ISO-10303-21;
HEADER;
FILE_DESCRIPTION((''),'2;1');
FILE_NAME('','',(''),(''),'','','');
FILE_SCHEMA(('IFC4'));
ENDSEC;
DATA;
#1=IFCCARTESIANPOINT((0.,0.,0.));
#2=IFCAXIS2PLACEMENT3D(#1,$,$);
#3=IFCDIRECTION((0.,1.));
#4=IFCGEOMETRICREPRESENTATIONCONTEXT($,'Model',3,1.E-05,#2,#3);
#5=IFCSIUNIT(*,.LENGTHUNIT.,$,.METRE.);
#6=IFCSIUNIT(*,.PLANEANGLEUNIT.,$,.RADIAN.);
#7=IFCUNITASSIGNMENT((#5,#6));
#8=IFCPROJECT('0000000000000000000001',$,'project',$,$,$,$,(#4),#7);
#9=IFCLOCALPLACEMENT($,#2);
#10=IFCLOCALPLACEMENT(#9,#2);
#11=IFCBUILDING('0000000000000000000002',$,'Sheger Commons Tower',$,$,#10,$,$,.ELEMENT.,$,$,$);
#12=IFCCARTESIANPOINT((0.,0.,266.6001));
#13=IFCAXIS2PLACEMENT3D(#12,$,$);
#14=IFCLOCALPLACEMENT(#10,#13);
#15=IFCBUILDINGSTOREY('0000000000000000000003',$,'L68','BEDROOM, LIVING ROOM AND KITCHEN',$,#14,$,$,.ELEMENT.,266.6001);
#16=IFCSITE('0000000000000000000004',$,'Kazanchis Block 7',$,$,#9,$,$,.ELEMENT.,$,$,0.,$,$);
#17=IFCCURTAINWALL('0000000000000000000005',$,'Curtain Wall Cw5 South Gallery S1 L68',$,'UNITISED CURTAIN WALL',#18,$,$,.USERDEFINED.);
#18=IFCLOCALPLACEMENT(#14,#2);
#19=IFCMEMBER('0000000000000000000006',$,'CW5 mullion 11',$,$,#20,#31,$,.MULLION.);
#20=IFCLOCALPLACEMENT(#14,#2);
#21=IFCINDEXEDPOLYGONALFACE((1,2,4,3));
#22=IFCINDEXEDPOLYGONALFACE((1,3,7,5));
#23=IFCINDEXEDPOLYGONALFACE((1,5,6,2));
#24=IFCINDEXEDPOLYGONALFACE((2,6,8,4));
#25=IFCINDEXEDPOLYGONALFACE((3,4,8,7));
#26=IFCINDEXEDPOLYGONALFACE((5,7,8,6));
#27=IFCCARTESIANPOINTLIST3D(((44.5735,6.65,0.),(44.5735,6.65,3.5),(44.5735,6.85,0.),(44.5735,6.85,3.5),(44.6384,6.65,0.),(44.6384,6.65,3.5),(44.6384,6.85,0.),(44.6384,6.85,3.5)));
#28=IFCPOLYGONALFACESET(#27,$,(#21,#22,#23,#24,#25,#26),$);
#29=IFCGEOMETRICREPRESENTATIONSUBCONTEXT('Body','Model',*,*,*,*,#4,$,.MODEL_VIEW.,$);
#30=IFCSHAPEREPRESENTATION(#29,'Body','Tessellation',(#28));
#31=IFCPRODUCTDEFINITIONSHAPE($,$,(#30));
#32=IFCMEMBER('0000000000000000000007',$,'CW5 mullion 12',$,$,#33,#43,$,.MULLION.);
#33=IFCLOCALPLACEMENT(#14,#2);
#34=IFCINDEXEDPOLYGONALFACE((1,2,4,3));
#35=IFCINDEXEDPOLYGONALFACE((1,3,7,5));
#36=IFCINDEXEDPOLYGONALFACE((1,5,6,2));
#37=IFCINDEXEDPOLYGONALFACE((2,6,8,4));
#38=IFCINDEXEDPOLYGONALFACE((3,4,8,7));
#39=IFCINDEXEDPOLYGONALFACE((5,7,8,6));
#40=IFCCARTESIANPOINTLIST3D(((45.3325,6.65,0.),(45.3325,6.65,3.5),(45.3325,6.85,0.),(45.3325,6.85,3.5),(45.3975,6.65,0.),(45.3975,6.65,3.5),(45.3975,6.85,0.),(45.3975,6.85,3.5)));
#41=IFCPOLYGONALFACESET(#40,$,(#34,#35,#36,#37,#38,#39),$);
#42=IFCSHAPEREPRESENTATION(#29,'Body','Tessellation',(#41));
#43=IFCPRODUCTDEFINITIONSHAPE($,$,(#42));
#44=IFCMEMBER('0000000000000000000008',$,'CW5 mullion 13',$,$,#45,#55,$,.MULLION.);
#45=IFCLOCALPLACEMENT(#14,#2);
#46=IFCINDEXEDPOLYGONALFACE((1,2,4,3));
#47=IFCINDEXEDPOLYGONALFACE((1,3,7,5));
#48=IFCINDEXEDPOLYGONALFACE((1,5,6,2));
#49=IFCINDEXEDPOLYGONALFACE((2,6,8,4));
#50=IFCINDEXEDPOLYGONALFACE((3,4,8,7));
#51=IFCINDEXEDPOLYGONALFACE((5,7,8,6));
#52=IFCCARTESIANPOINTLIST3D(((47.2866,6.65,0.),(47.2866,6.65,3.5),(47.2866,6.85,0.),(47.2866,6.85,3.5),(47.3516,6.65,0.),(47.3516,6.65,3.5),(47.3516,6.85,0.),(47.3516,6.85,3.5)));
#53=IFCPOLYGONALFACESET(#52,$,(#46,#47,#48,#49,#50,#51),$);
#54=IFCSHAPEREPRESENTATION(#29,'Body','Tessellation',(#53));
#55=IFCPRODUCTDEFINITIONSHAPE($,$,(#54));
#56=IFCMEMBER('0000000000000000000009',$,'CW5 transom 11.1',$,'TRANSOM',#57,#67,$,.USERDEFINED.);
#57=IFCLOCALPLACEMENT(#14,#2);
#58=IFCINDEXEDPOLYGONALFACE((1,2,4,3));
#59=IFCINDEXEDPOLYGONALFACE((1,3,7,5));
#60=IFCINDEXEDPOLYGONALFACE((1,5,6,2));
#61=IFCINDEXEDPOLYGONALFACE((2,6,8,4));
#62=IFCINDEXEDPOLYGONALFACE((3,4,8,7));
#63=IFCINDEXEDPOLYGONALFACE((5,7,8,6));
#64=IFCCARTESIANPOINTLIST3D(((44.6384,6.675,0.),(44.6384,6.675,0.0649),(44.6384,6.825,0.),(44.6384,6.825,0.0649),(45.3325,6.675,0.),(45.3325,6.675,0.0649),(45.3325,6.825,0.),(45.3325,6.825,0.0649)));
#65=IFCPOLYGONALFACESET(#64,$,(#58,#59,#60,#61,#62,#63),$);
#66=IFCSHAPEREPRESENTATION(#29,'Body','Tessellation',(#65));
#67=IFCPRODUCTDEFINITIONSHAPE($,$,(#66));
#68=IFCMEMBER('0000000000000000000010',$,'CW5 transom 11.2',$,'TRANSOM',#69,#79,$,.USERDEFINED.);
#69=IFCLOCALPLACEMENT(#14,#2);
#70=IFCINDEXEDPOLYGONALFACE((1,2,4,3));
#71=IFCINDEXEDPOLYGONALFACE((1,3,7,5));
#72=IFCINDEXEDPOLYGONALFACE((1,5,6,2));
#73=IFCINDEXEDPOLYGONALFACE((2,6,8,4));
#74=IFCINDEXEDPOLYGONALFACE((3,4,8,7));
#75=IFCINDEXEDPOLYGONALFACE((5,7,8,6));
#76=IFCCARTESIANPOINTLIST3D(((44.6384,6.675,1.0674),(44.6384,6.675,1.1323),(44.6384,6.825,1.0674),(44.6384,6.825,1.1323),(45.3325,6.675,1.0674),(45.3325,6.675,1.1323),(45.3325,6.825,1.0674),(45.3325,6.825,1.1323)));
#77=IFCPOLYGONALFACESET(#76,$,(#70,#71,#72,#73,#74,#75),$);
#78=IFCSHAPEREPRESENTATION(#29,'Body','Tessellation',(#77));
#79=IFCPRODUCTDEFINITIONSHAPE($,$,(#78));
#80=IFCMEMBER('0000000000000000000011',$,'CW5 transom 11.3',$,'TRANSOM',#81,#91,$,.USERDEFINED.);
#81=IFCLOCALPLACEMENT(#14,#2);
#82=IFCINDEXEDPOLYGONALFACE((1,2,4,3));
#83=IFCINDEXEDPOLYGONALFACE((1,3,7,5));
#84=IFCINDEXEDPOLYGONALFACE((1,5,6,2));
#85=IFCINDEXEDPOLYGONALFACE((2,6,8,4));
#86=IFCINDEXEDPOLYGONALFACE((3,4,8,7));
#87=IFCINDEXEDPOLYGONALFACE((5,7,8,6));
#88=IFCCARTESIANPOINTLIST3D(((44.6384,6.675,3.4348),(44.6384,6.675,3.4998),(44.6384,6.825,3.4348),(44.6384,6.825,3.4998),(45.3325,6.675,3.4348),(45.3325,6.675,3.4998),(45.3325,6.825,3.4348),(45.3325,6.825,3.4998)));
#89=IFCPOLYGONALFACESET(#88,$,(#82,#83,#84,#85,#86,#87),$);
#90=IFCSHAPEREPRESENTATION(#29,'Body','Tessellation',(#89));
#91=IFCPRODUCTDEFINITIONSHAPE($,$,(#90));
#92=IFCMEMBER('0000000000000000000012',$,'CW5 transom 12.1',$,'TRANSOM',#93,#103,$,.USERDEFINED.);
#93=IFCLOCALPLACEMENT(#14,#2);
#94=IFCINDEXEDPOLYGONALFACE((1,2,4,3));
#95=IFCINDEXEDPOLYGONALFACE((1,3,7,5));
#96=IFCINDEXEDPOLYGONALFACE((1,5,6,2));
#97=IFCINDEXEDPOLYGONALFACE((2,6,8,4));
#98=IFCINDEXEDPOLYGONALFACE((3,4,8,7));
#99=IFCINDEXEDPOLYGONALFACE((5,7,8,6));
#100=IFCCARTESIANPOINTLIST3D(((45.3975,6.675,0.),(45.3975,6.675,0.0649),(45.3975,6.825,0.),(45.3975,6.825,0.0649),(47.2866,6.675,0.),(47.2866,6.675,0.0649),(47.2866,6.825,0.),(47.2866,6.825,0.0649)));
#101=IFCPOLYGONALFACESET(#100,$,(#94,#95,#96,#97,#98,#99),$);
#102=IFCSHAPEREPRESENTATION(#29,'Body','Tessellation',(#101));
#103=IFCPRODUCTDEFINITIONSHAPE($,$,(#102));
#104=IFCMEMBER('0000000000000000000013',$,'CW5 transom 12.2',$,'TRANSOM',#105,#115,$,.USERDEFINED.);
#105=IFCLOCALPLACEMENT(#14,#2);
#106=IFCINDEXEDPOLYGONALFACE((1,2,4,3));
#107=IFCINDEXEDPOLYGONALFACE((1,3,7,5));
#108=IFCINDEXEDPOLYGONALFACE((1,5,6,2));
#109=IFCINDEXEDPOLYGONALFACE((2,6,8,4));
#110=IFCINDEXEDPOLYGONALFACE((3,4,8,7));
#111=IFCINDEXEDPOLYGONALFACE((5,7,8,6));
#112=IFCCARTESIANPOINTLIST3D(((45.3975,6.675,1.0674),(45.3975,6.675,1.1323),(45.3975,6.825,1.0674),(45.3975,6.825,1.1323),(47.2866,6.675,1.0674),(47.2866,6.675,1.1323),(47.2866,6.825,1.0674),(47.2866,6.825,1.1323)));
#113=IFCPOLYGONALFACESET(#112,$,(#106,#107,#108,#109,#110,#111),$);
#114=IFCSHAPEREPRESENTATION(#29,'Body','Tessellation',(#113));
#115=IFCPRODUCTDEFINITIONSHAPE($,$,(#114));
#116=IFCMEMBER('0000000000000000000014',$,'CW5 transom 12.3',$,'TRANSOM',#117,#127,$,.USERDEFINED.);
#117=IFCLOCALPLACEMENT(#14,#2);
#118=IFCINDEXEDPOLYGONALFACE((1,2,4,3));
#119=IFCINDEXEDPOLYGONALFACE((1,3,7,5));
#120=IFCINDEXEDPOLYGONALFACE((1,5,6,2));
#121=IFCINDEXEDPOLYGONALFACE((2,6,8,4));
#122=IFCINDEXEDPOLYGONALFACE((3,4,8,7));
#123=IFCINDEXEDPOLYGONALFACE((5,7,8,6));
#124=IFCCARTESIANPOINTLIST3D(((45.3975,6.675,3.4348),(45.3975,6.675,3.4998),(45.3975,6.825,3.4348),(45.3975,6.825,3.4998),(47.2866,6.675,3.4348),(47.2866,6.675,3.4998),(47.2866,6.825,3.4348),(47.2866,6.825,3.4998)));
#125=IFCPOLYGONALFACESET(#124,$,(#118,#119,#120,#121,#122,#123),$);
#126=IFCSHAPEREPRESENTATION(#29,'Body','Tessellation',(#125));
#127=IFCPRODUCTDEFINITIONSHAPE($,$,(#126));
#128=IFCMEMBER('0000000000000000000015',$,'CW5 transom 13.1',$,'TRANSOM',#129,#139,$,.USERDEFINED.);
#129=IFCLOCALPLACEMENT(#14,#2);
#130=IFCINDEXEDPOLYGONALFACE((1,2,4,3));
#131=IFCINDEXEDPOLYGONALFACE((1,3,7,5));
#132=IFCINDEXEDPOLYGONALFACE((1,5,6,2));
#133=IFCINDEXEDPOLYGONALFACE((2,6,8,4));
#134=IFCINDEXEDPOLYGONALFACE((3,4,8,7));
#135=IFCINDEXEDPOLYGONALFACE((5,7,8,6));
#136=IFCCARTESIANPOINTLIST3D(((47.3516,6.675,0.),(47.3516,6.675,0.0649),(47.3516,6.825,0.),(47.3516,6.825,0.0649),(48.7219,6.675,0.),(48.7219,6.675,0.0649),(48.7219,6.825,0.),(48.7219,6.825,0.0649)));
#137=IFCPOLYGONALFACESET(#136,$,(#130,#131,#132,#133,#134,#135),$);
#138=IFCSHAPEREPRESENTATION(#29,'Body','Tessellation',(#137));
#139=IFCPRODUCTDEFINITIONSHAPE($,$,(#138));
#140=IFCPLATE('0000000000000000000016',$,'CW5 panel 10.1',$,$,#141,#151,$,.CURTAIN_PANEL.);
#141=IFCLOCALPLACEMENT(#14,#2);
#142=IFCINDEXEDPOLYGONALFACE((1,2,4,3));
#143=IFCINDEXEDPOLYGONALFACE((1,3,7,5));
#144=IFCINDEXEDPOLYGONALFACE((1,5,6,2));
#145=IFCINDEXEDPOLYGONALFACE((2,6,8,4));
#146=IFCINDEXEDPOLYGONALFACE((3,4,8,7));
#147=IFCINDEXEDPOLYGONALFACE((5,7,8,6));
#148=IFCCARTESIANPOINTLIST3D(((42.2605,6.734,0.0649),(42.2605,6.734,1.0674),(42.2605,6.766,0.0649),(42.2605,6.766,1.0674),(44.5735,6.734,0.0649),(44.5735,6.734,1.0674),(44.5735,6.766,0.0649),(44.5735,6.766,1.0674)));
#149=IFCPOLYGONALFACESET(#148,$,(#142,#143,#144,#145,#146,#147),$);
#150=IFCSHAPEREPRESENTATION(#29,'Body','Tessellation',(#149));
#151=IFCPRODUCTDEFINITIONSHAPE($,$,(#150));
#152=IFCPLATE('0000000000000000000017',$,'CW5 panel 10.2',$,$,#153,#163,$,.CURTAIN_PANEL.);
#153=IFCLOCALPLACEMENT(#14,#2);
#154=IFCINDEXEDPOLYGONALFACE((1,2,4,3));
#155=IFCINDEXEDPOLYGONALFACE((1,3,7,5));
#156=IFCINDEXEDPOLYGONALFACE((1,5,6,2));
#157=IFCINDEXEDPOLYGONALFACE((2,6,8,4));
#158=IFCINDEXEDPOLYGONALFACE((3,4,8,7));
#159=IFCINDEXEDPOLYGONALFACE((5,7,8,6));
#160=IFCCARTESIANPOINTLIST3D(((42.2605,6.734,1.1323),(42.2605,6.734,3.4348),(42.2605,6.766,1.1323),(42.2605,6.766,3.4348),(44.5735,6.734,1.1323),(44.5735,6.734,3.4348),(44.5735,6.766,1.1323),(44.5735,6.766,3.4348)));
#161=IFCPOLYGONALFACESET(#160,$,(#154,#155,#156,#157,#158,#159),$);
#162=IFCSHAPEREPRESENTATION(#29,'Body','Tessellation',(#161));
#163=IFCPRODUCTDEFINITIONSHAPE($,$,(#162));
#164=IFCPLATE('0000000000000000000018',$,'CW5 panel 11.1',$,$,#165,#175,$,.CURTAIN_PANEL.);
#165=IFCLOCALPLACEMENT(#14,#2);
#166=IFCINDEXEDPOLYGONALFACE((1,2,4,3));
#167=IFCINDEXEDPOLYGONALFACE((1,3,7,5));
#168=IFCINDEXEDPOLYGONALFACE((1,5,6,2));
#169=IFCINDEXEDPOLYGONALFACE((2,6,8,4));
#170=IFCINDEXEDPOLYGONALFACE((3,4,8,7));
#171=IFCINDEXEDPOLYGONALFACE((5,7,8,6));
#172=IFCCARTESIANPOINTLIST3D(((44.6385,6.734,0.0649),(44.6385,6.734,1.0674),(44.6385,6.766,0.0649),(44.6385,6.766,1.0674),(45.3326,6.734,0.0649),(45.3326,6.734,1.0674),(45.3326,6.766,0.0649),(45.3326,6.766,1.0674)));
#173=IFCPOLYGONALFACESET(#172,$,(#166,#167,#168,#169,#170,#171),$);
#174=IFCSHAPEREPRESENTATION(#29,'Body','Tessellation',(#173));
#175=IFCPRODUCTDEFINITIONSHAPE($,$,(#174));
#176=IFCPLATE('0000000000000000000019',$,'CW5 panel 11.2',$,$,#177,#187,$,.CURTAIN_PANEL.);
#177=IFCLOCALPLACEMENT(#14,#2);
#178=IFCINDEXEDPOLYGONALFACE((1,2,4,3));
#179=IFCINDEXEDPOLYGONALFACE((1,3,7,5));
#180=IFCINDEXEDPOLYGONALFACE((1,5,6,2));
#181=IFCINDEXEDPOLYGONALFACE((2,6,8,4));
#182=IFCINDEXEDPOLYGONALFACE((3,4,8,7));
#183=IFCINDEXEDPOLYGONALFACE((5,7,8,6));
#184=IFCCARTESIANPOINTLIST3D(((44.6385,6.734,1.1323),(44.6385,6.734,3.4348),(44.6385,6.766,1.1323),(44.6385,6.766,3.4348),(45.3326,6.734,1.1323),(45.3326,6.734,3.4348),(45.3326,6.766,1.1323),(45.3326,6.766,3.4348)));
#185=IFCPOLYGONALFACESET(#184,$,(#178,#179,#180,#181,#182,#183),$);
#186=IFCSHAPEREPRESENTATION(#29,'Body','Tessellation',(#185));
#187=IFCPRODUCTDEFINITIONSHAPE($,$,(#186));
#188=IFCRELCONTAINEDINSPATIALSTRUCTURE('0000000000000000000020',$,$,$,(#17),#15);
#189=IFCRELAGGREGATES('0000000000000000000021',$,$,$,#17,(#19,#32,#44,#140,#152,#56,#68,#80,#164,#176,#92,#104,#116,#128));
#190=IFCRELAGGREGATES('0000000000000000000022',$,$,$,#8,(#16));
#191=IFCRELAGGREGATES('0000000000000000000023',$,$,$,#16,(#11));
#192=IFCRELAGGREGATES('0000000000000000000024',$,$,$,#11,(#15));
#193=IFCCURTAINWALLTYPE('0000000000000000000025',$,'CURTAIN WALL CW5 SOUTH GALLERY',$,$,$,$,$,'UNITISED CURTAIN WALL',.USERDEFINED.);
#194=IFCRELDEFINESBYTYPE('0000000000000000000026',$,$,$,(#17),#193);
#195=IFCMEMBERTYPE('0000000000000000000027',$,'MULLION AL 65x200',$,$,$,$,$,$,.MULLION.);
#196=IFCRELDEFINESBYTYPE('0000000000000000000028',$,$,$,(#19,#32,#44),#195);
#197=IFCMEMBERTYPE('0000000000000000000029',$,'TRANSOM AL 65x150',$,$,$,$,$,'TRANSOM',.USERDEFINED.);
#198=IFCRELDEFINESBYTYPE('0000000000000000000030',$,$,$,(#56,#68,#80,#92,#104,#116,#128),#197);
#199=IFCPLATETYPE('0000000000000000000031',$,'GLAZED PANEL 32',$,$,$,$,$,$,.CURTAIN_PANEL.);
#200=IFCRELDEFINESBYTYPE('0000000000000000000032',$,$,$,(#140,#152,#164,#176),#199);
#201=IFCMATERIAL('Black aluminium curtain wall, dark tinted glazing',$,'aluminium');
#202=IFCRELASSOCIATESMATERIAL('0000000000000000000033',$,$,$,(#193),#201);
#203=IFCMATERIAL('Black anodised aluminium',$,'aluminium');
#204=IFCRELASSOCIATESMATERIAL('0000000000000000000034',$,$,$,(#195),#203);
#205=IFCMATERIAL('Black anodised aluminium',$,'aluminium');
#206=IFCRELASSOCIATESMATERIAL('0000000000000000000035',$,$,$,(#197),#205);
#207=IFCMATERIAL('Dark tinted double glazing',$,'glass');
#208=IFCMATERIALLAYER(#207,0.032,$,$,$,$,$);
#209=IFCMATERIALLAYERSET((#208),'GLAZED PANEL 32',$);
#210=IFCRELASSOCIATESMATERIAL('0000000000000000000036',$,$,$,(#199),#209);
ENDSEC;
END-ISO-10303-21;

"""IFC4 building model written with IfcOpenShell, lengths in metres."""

from ifc_helpers import new_model, si_unit, direction, frame, origin, origin_2d, place, context, subcontext, project, spatial, rectangle, extrude, material, layer, layer_set, material_profile, profile_set, type_object, element, aggregate, save


model = new_model("IFC4")

# Units and contexts
model_context = context("Model", 3, precision=1e-05, world=origin(), true_north=direction((0.0, 1.0)))
body_context = subcontext(model_context, "Body", "Model", "MODEL_VIEW")
ifc_project = project(units=[si_unit("LENGTHUNIT", "METRE"), si_unit("PLANEANGLEUNIT", "RADIAN")], contexts=[model_context])

# Site, building, storey
site_placement = place(None, origin())
site = spatial("IfcSite", under=ifc_project, at=site_placement, Name="Kazanchis Block 7", CompositionType="ELEMENT", RefElevation=0.0)
building_placement = place(site_placement, origin())
building = spatial("IfcBuilding", under=site, at=building_placement, Name="Sheger Commons Tower", CompositionType="ELEMENT")
storey_placement = place(building_placement, frame((0.0, 0.0, 266.6001)))
storey = spatial("IfcBuildingStorey", under=building, at=storey_placement, Name="L68", Description="BEDROOM, LIVING ROOM AND KITCHEN", CompositionType="ELEMENT", Elevation=266.6001)

# Curtain wall, members, plates
ifc_material_1 = material(Name="Black aluminium curtain wall, dark tinted glazing", Category="aluminium")
curtain_wall_type = type_object("IfcCurtainWallType", Name="CURTAIN WALL CW5 SOUTH GALLERY", ElementType="UNITISED CURTAIN WALL", PredefinedType="USERDEFINED", material=ifc_material_1)
curtain_wall_placement = place(storey_placement, origin())
curtain_wall = element("IfcCurtainWall", 1, at=curtain_wall_placement, inside=storey, type_object=curtain_wall_type, Name="Curtain Wall Cw5 South Gallery S1 L68", ObjectType="UNITISED CURTAIN WALL", PredefinedType="USERDEFINED")
ifc_material_2 = material(Name="Black anodised aluminium", Category="aluminium")
ifc_material_profile_1 = material_profile(ifc_material_2, rectangle(XDim=0.2, YDim=0.0649, at=origin_2d()), Name="AL 65x200")
ifc_profile_set_1 = profile_set([ifc_material_profile_1], Name="Black anodised aluminium")
member_type_1 = type_object("IfcMemberType", Name="MULLION AL 65x200", PredefinedType="MULLION", material=ifc_profile_set_1)
member_1_placement = place(storey_placement, frame((44.606, 6.75, 0.0), z_axis=(0.0, 0.0, 1.0), x_axis=(0.0, 1.0, 0.0)))
member_1 = element("IfcMember", 2, at=member_1_placement, type_object=member_type_1, Name="CW5 mullion 11", PredefinedType="MULLION", context=body_context, shape_type="SweptSolid", body=[
    extrude(rectangle(XDim=0.2, YDim=0.0649, at=origin_2d()), origin(), (0.0, 0.0, 1.0), 3.5),
])
member_2_placement = place(storey_placement, frame((45.365, 6.75, 0.0), z_axis=(0.0, 0.0, 1.0), x_axis=(0.0, 1.0, 0.0)))
member_2 = element("IfcMember", 3, at=member_2_placement, type_object=member_type_1, Name="CW5 mullion 12", PredefinedType="MULLION", context=body_context, shape_type="SweptSolid", body=[
    extrude(rectangle(XDim=0.2, YDim=0.0649, at=origin_2d()), origin(), (0.0, 0.0, 1.0), 3.5),
])
member_3_placement = place(storey_placement, frame((47.3191, 6.75, 0.0), z_axis=(0.0, 0.0, 1.0), x_axis=(0.0, 1.0, 0.0)))
member_3 = element("IfcMember", 4, at=member_3_placement, type_object=member_type_1, Name="CW5 mullion 13", PredefinedType="MULLION", context=body_context, shape_type="SweptSolid", body=[
    extrude(rectangle(XDim=0.2, YDim=0.0649, at=origin_2d()), origin(), (0.0, 0.0, 1.0), 3.5),
])
ifc_material_3 = material(Name="Black anodised aluminium", Category="aluminium")
ifc_material_profile_2 = material_profile(ifc_material_3, rectangle(XDim=0.1499, YDim=0.0649, at=origin_2d()), Name="AL 65x150")
ifc_profile_set_2 = profile_set([ifc_material_profile_2], Name="Black anodised aluminium")
member_type_2 = type_object("IfcMemberType", Name="TRANSOM AL 65x150", ElementType="TRANSOM", PredefinedType="USERDEFINED", material=ifc_profile_set_2)
member_4_placement = place(storey_placement, frame((44.6384, 6.75, 0.0325), z_axis=(1.0, 0.0, 0.0), x_axis=(0.0, 1.0, 0.0)))
member_4 = element("IfcMember", 5, at=member_4_placement, type_object=member_type_2, Name="CW5 transom 11.1", ObjectType="TRANSOM", PredefinedType="USERDEFINED", context=body_context, shape_type="SweptSolid", body=[
    extrude(rectangle(XDim=0.1499, YDim=0.0649, at=origin_2d()), origin(), (0.0, 0.0, 1.0), 0.6941),
])
member_5_placement = place(storey_placement, frame((44.6384, 6.75, 1.0999), z_axis=(1.0, 0.0, 0.0), x_axis=(0.0, 1.0, 0.0)))
member_5 = element("IfcMember", 6, at=member_5_placement, type_object=member_type_2, Name="CW5 transom 11.2", ObjectType="TRANSOM", PredefinedType="USERDEFINED", context=body_context, shape_type="SweptSolid", body=[
    extrude(rectangle(XDim=0.1499, YDim=0.0649, at=origin_2d()), origin(), (0.0, 0.0, 1.0), 0.6941),
])
member_6_placement = place(storey_placement, frame((44.6384, 6.75, 3.4673), z_axis=(1.0, 0.0, 0.0), x_axis=(0.0, 1.0, 0.0)))
member_6 = element("IfcMember", 7, at=member_6_placement, type_object=member_type_2, Name="CW5 transom 11.3", ObjectType="TRANSOM", PredefinedType="USERDEFINED", context=body_context, shape_type="SweptSolid", body=[
    extrude(rectangle(XDim=0.1499, YDim=0.0649, at=origin_2d()), origin(), (0.0, 0.0, 1.0), 0.6941),
])
member_7_placement = place(storey_placement, frame((45.3975, 6.75, 0.0325), z_axis=(1.0, 0.0, 0.0), x_axis=(0.0, 1.0, 0.0)))
member_7 = element("IfcMember", 8, at=member_7_placement, type_object=member_type_2, Name="CW5 transom 12.1", ObjectType="TRANSOM", PredefinedType="USERDEFINED", context=body_context, shape_type="SweptSolid", body=[
    extrude(rectangle(XDim=0.1499, YDim=0.0649, at=origin_2d()), origin(), (0.0, 0.0, 1.0), 1.8892),
])
member_8_placement = place(storey_placement, frame((45.3975, 6.75, 1.0999), z_axis=(1.0, 0.0, 0.0), x_axis=(0.0, 1.0, 0.0)))
member_8 = element("IfcMember", 9, at=member_8_placement, type_object=member_type_2, Name="CW5 transom 12.2", ObjectType="TRANSOM", PredefinedType="USERDEFINED", context=body_context, shape_type="SweptSolid", body=[
    extrude(rectangle(XDim=0.1499, YDim=0.0649, at=origin_2d()), origin(), (0.0, 0.0, 1.0), 1.8892),
])
member_9_placement = place(storey_placement, frame((45.3975, 6.75, 3.4673), z_axis=(1.0, 0.0, 0.0), x_axis=(0.0, 1.0, 0.0)))
member_9 = element("IfcMember", 10, at=member_9_placement, type_object=member_type_2, Name="CW5 transom 12.3", ObjectType="TRANSOM", PredefinedType="USERDEFINED", context=body_context, shape_type="SweptSolid", body=[
    extrude(rectangle(XDim=0.1499, YDim=0.0649, at=origin_2d()), origin(), (0.0, 0.0, 1.0), 1.8892),
])
member_10_placement = place(storey_placement, frame((47.3516, 6.75, 0.0325), z_axis=(1.0, 0.0, 0.0), x_axis=(0.0, 1.0, 0.0)))
member_10 = element("IfcMember", 11, at=member_10_placement, type_object=member_type_2, Name="CW5 transom 13.1", ObjectType="TRANSOM", PredefinedType="USERDEFINED", context=body_context, shape_type="SweptSolid", body=[
    extrude(rectangle(XDim=0.1499, YDim=0.0649, at=origin_2d()), origin(), (0.0, 0.0, 1.0), 1.3704),
])
ifc_material_4 = material(Name="Dark tinted double glazing", Category="glass")
ifc_layer_1 = layer(ifc_material_4, 0.032)
ifc_layer_set_1 = layer_set([ifc_layer_1], Name="GLAZED PANEL 32")
plate_type_1 = type_object("IfcPlateType", Name="GLAZED PANEL 32", PredefinedType="CURTAIN_PANEL", material=ifc_layer_set_1)
plate_1_placement = place(storey_placement, frame((43.417, 6.75, 0.0649), z_axis=(0.0, 0.0, 1.0), x_axis=(1.0, 0.0, 0.0)))
plate_1 = element("IfcPlate", 12, at=plate_1_placement, type_object=plate_type_1, Name="CW5 panel 10.1", PredefinedType="CURTAIN_PANEL", context=body_context, shape_type="SweptSolid", body=[
    extrude(rectangle(XDim=2.313, YDim=0.032, at=origin_2d()), origin(), (0.0, 0.0, 1.0), 1.0024),
])
plate_2_placement = place(storey_placement, frame((43.417, 6.75, 1.1323), z_axis=(0.0, 0.0, 1.0), x_axis=(1.0, 0.0, 0.0)))
plate_2 = element("IfcPlate", 13, at=plate_2_placement, type_object=plate_type_1, Name="CW5 panel 10.2", PredefinedType="CURTAIN_PANEL", context=body_context, shape_type="SweptSolid", body=[
    extrude(rectangle(XDim=2.313, YDim=0.032, at=origin_2d()), origin(), (0.0, 0.0, 1.0), 2.3025),
])
plate_3_placement = place(storey_placement, frame((44.9856, 6.75, 0.0649), z_axis=(0.0, 0.0, 1.0), x_axis=(1.0, 0.0, 0.0)))
plate_3 = element("IfcPlate", 14, at=plate_3_placement, type_object=plate_type_1, Name="CW5 panel 11.1", PredefinedType="CURTAIN_PANEL", context=body_context, shape_type="SweptSolid", body=[
    extrude(rectangle(XDim=0.6941, YDim=0.032, at=origin_2d()), origin(), (0.0, 0.0, 1.0), 1.0024),
])
plate_4_placement = place(storey_placement, frame((44.9856, 6.75, 1.1323), z_axis=(0.0, 0.0, 1.0), x_axis=(1.0, 0.0, 0.0)))
plate_4 = element("IfcPlate", 15, at=plate_4_placement, type_object=plate_type_1, Name="CW5 panel 11.2", PredefinedType="CURTAIN_PANEL", context=body_context, shape_type="SweptSolid", body=[
    extrude(rectangle(XDim=0.6941, YDim=0.032, at=origin_2d()), origin(), (0.0, 0.0, 1.0), 2.3025),
])
aggregate(curtain_wall, [member_1, member_2, member_3, plate_1, plate_2, member_4, member_5, member_6, plate_3, plate_4, member_7, member_8, member_9, member_10])

save(model, "model.ifc")
